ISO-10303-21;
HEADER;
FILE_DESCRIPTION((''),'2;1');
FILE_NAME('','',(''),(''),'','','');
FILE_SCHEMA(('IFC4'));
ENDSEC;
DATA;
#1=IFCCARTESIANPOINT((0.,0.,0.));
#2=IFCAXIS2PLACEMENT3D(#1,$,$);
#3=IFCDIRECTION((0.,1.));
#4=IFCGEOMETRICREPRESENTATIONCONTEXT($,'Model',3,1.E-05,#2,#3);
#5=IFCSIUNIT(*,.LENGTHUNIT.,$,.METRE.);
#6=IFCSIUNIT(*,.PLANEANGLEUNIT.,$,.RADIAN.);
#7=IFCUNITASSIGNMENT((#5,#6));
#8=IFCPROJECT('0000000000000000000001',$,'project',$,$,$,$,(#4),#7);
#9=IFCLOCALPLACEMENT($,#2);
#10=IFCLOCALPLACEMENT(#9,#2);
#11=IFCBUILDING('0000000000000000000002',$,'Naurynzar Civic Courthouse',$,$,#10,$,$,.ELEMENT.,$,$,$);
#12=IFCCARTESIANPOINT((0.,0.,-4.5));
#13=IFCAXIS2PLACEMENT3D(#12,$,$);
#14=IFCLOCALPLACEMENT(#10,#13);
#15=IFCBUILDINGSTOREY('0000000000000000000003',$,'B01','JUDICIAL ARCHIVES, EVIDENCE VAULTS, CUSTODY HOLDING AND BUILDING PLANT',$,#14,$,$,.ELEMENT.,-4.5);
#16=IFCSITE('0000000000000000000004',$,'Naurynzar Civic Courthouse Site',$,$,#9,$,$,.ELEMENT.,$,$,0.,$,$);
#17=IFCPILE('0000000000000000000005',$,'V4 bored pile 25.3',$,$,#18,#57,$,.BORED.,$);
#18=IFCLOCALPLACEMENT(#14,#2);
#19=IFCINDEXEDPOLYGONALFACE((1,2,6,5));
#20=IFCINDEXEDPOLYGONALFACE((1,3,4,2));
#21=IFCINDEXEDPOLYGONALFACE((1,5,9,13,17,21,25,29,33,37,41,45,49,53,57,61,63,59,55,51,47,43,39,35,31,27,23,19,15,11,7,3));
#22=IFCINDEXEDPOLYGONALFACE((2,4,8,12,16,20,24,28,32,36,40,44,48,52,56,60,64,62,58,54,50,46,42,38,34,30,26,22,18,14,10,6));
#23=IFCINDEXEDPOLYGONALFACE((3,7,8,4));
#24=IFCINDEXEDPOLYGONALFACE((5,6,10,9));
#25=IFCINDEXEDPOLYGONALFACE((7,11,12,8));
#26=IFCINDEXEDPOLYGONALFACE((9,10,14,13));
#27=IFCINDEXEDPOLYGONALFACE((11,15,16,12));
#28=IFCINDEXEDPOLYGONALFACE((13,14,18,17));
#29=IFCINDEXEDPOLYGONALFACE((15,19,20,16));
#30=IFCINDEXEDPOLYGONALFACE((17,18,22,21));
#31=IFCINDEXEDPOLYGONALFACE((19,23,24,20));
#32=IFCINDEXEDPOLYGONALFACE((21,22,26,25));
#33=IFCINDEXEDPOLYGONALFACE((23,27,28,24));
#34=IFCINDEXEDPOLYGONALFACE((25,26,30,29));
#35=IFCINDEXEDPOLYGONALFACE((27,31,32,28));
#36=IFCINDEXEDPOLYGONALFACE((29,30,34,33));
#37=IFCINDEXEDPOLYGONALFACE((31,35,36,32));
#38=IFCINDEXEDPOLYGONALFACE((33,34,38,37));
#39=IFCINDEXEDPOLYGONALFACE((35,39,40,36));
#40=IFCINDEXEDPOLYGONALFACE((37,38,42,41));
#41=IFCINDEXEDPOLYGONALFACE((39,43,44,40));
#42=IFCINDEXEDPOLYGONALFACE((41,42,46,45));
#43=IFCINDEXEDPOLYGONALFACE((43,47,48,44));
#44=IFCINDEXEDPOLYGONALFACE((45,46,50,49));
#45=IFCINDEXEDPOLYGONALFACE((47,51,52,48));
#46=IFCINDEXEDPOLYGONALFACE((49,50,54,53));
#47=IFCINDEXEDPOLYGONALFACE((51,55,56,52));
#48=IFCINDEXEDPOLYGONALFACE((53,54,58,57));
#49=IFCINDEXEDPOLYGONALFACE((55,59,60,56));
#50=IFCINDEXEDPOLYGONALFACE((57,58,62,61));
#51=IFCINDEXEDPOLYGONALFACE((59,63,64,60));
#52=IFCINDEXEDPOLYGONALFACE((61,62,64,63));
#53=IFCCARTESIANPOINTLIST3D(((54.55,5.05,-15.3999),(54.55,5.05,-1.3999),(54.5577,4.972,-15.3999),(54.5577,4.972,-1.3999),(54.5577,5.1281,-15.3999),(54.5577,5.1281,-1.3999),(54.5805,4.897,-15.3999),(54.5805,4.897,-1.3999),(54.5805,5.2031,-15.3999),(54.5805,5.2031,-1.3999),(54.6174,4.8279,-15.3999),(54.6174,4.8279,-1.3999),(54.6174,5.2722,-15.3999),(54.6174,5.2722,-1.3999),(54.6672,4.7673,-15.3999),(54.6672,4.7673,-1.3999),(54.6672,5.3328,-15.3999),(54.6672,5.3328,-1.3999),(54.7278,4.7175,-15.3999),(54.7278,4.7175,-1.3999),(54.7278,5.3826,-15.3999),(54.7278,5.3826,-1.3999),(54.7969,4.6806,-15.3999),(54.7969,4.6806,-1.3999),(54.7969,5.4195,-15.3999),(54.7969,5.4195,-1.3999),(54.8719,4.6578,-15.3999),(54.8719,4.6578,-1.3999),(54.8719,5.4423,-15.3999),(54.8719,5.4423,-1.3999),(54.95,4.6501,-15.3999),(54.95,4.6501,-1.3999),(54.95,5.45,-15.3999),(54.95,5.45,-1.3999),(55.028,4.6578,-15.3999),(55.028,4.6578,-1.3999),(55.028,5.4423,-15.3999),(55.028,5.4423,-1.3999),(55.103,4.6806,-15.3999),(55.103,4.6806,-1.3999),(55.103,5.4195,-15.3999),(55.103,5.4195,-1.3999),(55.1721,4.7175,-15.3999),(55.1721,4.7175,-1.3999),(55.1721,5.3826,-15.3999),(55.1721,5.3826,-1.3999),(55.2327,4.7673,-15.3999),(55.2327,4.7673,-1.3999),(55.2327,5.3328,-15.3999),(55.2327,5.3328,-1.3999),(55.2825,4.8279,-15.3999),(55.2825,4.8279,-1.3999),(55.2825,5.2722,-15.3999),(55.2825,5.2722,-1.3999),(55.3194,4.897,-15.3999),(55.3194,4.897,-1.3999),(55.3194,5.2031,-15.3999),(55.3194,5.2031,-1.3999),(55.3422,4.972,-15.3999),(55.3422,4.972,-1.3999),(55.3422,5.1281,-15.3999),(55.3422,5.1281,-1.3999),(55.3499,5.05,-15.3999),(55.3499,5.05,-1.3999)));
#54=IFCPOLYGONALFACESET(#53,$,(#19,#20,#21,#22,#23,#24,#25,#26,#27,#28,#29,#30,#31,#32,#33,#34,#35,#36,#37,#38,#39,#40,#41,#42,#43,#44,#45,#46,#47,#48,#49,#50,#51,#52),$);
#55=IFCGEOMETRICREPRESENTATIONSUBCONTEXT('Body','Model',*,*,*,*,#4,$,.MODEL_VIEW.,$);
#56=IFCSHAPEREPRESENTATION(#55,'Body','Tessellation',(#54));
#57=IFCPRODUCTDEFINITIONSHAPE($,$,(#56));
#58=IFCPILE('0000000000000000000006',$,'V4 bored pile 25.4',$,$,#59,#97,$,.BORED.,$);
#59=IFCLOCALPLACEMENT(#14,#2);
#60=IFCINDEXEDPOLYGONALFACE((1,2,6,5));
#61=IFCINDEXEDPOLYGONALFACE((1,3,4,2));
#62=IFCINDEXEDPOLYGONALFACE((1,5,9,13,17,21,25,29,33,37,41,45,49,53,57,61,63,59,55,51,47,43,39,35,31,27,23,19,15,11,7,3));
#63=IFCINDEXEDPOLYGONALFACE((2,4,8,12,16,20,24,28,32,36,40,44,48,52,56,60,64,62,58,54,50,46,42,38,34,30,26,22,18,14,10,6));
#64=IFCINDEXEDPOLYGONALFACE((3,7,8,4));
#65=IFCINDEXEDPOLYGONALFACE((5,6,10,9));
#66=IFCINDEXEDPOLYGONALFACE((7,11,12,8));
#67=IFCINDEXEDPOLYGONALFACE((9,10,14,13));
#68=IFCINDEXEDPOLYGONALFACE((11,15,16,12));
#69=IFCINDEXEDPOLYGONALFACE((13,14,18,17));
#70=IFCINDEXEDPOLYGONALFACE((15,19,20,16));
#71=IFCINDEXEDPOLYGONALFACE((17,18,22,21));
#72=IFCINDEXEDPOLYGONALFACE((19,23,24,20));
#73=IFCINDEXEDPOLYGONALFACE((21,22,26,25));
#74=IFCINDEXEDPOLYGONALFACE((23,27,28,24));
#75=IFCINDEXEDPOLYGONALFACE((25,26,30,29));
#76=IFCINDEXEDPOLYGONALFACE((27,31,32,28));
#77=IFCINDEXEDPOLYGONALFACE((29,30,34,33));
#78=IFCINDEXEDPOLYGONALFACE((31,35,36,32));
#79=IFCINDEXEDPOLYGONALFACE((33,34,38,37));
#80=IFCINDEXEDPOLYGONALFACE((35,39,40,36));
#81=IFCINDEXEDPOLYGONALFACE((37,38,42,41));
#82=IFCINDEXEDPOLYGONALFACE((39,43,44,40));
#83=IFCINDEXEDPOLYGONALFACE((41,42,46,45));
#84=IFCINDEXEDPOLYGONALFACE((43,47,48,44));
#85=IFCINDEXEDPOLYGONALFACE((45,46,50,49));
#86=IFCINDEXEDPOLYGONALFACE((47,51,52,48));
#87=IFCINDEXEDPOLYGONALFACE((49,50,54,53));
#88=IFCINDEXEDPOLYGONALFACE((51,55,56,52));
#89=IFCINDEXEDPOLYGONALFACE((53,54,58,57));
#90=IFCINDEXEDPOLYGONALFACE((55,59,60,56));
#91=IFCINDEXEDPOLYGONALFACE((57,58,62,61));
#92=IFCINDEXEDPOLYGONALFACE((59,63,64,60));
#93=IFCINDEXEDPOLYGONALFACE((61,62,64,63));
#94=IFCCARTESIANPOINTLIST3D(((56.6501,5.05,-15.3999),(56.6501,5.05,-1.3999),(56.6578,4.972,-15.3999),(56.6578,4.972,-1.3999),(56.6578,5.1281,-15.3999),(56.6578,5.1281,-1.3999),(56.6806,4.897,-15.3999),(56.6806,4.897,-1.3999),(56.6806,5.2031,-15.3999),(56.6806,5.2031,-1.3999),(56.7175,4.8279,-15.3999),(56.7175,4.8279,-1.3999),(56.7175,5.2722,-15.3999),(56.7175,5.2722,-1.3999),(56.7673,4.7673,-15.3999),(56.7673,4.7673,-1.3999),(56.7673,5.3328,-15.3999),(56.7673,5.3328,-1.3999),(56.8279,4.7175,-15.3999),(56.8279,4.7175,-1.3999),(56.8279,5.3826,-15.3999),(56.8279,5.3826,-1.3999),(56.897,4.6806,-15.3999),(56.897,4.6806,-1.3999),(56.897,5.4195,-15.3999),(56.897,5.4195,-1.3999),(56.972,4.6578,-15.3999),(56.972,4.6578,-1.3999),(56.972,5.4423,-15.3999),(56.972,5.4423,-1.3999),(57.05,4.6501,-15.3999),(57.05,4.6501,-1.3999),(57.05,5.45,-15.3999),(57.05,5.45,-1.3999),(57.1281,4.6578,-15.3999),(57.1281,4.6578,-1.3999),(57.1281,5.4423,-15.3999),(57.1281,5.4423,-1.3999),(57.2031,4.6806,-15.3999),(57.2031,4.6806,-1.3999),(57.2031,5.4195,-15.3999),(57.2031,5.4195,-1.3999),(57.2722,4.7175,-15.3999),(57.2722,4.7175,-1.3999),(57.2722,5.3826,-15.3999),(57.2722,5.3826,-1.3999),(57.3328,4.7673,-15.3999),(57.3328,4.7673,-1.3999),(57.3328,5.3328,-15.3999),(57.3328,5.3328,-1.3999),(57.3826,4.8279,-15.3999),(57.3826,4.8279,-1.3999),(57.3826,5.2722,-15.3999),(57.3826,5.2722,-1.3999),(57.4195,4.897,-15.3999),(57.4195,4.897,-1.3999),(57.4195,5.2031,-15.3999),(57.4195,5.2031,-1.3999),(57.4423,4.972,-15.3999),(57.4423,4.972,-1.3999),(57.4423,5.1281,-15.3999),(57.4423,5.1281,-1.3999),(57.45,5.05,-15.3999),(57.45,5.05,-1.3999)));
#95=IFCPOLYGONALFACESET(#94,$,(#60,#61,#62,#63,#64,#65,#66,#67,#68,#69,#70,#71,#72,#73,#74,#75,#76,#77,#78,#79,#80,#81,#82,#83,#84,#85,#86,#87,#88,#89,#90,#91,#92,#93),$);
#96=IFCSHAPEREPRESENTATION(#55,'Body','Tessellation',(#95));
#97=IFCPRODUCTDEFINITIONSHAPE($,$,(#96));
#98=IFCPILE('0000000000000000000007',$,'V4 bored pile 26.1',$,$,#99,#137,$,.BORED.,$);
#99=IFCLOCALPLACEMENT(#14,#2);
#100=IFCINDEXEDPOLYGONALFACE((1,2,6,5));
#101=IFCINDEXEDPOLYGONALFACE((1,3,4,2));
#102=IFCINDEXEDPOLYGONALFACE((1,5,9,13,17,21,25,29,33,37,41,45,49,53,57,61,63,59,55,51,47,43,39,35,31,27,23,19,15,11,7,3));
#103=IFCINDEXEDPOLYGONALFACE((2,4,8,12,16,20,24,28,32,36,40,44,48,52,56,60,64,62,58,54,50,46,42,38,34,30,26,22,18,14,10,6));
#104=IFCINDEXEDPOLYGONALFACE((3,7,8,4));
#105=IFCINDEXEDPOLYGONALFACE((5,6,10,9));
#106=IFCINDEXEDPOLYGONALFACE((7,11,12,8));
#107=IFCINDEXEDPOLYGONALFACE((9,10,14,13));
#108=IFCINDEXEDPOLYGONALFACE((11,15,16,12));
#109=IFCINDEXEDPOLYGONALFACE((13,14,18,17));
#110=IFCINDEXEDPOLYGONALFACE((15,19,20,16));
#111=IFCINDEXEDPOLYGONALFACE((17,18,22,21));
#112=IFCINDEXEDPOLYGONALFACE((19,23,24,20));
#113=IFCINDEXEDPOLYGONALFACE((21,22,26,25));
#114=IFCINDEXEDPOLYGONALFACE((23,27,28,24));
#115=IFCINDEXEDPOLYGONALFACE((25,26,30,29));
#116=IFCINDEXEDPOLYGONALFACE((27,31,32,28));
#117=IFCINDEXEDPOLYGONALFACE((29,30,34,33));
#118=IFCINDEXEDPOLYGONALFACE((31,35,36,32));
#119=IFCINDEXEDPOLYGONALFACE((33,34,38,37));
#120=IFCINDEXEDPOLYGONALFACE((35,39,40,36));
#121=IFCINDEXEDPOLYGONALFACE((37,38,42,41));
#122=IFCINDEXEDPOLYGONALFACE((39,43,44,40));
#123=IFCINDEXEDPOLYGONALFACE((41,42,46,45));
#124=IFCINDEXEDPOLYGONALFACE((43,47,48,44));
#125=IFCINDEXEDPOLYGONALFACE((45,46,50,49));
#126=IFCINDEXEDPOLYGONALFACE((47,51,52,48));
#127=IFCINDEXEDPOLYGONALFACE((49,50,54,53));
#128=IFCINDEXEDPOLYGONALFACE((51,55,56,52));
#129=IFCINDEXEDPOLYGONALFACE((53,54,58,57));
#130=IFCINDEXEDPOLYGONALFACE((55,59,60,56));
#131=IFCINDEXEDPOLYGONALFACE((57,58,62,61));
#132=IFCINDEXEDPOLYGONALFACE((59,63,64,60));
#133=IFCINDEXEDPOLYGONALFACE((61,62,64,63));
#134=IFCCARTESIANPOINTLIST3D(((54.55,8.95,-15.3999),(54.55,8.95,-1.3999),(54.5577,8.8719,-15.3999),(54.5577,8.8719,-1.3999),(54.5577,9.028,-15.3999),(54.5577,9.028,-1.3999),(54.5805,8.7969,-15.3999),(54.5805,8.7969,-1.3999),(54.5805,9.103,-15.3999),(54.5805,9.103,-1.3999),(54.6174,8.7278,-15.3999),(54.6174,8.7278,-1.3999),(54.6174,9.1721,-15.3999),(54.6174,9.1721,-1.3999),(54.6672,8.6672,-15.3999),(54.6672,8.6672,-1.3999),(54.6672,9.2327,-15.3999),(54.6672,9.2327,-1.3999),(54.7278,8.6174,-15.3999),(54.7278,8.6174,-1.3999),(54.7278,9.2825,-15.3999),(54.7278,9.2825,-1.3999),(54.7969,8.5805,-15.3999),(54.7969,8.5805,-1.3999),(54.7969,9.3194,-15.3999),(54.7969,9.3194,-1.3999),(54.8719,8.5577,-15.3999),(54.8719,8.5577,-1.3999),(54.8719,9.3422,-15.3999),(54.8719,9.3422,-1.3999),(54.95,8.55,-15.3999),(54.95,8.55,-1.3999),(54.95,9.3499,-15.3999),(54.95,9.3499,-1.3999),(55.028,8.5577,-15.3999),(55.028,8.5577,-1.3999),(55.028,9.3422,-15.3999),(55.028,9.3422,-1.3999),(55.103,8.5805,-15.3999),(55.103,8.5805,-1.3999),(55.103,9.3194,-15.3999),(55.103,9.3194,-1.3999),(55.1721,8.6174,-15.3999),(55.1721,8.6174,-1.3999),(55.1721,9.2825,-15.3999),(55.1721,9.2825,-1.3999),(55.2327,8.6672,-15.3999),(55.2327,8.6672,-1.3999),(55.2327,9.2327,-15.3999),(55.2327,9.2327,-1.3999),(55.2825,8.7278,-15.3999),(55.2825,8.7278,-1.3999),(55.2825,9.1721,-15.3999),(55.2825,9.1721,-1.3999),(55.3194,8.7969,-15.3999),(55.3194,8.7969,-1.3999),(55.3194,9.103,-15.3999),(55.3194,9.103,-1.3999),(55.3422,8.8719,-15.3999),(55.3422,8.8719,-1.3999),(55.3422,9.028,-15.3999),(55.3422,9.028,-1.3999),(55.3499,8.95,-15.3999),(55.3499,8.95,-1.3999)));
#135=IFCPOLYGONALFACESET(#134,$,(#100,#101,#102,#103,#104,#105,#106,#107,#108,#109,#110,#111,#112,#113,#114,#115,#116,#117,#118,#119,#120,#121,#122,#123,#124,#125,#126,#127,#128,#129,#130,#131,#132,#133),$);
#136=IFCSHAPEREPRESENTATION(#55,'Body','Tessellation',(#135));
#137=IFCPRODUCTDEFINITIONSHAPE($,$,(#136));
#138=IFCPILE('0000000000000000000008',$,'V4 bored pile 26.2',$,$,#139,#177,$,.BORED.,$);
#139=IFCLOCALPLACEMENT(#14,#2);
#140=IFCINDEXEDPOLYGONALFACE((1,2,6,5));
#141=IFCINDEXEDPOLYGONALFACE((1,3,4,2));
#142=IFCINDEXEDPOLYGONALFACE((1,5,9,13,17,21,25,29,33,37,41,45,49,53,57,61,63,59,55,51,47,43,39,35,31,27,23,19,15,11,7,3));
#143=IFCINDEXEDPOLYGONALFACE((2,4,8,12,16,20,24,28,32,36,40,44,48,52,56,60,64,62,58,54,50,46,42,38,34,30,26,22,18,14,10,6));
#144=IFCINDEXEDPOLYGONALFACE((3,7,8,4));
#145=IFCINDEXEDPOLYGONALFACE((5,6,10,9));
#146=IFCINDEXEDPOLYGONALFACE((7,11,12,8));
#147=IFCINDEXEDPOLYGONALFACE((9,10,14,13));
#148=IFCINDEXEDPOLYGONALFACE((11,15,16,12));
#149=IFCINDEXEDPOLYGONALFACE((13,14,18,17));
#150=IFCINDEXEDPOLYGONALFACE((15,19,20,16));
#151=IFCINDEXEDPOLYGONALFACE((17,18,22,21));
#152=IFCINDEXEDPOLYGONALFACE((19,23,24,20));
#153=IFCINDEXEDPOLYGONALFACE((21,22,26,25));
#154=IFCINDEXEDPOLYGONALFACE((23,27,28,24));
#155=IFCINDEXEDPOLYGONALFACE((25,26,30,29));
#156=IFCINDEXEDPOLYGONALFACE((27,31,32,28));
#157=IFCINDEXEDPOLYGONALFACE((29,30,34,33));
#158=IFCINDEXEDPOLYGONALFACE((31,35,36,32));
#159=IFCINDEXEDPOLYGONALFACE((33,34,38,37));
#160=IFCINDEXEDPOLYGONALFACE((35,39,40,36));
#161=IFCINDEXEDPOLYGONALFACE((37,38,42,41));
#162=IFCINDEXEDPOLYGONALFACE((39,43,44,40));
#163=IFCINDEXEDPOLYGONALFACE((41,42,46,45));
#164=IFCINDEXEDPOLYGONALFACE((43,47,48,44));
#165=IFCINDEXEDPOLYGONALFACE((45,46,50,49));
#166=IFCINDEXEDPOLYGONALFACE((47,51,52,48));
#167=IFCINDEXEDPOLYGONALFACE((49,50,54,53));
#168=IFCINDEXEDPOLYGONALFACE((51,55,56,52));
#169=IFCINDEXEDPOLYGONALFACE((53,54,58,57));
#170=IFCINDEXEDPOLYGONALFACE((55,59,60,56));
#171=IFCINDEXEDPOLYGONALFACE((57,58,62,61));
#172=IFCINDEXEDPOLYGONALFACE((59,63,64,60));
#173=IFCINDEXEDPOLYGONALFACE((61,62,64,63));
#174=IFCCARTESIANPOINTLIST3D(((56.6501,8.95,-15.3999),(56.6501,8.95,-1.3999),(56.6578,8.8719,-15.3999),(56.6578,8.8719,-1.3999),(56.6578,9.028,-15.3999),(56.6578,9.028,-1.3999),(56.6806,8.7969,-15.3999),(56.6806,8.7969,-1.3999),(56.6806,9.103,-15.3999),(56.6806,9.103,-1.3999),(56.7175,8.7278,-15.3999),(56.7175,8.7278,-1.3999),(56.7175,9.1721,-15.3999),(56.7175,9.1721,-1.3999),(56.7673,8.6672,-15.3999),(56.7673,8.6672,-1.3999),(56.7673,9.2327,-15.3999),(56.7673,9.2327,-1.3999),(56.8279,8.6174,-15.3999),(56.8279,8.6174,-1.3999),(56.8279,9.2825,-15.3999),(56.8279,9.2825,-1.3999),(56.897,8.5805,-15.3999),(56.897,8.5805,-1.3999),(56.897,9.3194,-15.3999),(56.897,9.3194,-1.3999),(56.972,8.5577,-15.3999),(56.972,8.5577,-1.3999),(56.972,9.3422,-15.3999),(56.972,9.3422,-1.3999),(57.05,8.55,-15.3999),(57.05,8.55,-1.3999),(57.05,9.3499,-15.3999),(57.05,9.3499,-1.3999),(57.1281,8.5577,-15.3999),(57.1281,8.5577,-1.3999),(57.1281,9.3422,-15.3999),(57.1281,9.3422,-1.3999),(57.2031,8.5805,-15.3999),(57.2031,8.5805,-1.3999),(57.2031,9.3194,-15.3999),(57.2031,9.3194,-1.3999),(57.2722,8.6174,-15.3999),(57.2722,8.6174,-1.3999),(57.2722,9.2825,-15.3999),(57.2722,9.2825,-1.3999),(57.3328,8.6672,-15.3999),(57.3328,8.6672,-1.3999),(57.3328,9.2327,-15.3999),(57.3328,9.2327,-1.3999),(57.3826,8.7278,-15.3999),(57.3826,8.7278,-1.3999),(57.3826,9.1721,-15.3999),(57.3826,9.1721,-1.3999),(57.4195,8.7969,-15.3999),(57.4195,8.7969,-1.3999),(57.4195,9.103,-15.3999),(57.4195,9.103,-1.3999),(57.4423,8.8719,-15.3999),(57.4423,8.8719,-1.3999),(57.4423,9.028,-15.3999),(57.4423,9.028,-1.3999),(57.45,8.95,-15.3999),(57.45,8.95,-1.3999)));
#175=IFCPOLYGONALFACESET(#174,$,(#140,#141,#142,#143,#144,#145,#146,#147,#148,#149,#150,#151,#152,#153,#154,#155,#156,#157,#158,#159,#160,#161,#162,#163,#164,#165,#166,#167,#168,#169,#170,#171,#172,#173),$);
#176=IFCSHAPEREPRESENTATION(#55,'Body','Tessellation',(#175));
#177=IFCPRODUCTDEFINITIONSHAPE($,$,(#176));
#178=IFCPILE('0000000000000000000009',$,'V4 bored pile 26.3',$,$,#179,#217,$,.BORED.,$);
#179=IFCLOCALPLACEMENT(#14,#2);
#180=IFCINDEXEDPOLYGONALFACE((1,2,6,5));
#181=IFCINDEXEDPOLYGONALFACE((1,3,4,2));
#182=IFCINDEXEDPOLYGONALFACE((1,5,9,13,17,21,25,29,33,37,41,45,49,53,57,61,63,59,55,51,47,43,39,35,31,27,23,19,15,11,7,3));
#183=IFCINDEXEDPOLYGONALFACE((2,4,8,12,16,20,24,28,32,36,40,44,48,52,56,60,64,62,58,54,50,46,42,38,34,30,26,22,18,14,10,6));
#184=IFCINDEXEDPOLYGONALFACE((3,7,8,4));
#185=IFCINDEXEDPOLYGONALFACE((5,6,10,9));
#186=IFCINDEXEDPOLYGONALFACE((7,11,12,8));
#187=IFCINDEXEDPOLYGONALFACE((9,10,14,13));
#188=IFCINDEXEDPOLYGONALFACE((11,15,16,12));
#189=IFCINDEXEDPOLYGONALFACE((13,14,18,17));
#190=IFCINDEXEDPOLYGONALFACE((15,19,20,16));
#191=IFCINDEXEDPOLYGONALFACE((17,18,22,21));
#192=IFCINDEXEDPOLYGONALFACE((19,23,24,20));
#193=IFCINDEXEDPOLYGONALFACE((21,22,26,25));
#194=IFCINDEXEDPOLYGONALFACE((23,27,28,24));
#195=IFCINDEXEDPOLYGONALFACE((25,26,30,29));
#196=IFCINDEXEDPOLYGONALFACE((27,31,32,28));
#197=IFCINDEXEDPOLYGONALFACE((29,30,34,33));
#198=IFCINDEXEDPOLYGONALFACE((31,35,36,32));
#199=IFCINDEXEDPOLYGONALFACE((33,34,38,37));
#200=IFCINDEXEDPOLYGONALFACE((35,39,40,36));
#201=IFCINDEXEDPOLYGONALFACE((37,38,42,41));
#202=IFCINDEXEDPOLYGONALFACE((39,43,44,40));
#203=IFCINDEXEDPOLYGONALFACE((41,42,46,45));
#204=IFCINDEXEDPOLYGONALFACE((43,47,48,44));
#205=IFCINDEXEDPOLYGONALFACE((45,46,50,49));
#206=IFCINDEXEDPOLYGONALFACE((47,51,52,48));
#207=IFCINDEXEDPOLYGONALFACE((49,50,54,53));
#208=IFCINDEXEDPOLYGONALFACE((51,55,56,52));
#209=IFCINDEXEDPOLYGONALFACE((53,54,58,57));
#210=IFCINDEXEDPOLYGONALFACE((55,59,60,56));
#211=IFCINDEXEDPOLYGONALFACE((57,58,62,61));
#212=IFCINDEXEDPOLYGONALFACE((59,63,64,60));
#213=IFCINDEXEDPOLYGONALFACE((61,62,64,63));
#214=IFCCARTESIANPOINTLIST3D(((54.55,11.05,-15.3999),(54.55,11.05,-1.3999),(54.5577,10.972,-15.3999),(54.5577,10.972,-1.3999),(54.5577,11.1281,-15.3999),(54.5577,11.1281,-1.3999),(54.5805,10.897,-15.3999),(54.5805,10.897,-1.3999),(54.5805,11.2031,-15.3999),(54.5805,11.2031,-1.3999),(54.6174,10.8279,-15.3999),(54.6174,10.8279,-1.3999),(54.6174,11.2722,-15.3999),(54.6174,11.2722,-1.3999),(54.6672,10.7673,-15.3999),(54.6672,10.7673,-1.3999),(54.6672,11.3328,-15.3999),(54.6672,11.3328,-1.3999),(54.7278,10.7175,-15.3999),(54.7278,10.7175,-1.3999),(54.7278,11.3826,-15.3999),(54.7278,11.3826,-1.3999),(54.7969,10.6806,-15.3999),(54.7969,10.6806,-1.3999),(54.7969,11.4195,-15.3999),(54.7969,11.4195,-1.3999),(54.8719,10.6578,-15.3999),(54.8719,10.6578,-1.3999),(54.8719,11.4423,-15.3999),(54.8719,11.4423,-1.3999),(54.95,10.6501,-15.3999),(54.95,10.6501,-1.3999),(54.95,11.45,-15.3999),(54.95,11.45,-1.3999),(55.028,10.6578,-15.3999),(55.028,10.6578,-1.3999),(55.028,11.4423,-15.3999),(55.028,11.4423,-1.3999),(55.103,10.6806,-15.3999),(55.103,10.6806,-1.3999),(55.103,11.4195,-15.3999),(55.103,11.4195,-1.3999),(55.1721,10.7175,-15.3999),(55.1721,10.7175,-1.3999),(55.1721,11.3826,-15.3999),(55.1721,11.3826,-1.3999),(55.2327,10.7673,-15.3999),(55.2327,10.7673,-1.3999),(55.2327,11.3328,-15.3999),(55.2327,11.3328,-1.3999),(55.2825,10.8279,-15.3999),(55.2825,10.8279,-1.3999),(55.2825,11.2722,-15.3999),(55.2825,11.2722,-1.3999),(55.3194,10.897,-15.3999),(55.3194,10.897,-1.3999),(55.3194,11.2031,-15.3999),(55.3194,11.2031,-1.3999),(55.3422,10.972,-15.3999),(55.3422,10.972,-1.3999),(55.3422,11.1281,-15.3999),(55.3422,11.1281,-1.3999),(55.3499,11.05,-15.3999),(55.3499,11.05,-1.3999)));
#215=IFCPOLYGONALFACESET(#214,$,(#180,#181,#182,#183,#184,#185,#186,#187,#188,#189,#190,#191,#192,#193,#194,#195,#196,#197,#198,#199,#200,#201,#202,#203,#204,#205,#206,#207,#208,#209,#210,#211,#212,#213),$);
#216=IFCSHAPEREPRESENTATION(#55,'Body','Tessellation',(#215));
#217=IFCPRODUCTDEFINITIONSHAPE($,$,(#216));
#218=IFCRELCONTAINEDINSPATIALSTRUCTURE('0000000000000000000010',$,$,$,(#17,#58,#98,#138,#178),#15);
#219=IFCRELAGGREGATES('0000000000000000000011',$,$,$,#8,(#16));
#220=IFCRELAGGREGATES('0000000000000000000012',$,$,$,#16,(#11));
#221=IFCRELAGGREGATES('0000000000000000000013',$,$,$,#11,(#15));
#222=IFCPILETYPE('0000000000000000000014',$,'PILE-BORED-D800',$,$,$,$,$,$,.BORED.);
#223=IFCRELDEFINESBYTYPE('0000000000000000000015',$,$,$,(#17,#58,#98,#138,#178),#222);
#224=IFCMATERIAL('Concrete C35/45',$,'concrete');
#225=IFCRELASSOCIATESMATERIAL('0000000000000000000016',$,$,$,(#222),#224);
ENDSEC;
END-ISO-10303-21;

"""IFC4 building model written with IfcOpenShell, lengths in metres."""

from ifc_helpers import new_model, si_unit, direction, frame, origin, origin_2d, place, context, subcontext, project, spatial, circle, extrude, material, material_profile, profile_set, type_object, element, save


model = new_model("IFC4")

# Units and contexts
model_context = context("Model", 3, precision=1e-05, world=origin(), true_north=direction((0.0, 1.0)))
body_context = subcontext(model_context, "Body", "Model", "MODEL_VIEW")
ifc_project = project(units=[si_unit("LENGTHUNIT", "METRE"), si_unit("PLANEANGLEUNIT", "RADIAN")], contexts=[model_context])

# Site, building, storey
site_placement = place(None, origin())
site = spatial("IfcSite", under=ifc_project, at=site_placement, Name="Naurynzar Civic Courthouse Site", CompositionType="ELEMENT", RefElevation=0.0)
building_placement = place(site_placement, origin())
building = spatial("IfcBuilding", under=site, at=building_placement, Name="Naurynzar Civic Courthouse", CompositionType="ELEMENT")
storey_placement = place(building_placement, frame((0.0, 0.0, -4.5)))
storey = spatial("IfcBuildingStorey", under=building, at=storey_placement, Name="B01", Description="JUDICIAL ARCHIVES, EVIDENCE VAULTS, CUSTODY HOLDING AND BUILDING PLANT", CompositionType="ELEMENT", Elevation=-4.5)

# Piles
ifc_material_1 = material(Name="Concrete C35/45", Category="concrete")
ifc_material_profile_1 = material_profile(ifc_material_1, circle(Radius=0.3999, at=origin_2d()), Name="PILE D800")
ifc_profile_set_1 = profile_set([ifc_material_profile_1], Name="Concrete C35/45")
pile_type = type_object("IfcPileType", Name="PILE-BORED-D800", PredefinedType="BORED", material=ifc_profile_set_1)
for number, where, z_axis, x_axis, name in (
    (1, (54.95, 5.05, -1.3999), (0.0, 0.0, -1.0), (1.0, 0.0, 0.0), "V4 bored pile 25.3"),
    (2, (57.05, 5.05, -1.3999), (0.0, 0.0, -1.0), (1.0, 0.0, 0.0), "V4 bored pile 25.4"),
    (3, (54.95, 8.95, -1.3999), (0.0, 0.0, -1.0), (1.0, 0.0, 0.0), "V4 bored pile 26.1"),
    (4, (57.05, 8.95, -1.3999), (0.0, 0.0, -1.0), (1.0, 0.0, 0.0), "V4 bored pile 26.2"),
    (5, (54.95, 11.05, -1.3999), (0.0, 0.0, -1.0), (1.0, 0.0, 0.0), "V4 bored pile 26.3"),
):
    element("IfcPile", number, at=place(storey_placement, frame(where, z_axis=z_axis, x_axis=x_axis)), inside=storey, type_object=pile_type, Name=name, PredefinedType="BORED", context=body_context, shape_type="SweptSolid", body=[
        extrude(circle(Radius=0.3999, at=origin_2d()), origin(), (0.0, 0.0, 1.0), 14.0),
    ])

save(model, "model.ifc")
